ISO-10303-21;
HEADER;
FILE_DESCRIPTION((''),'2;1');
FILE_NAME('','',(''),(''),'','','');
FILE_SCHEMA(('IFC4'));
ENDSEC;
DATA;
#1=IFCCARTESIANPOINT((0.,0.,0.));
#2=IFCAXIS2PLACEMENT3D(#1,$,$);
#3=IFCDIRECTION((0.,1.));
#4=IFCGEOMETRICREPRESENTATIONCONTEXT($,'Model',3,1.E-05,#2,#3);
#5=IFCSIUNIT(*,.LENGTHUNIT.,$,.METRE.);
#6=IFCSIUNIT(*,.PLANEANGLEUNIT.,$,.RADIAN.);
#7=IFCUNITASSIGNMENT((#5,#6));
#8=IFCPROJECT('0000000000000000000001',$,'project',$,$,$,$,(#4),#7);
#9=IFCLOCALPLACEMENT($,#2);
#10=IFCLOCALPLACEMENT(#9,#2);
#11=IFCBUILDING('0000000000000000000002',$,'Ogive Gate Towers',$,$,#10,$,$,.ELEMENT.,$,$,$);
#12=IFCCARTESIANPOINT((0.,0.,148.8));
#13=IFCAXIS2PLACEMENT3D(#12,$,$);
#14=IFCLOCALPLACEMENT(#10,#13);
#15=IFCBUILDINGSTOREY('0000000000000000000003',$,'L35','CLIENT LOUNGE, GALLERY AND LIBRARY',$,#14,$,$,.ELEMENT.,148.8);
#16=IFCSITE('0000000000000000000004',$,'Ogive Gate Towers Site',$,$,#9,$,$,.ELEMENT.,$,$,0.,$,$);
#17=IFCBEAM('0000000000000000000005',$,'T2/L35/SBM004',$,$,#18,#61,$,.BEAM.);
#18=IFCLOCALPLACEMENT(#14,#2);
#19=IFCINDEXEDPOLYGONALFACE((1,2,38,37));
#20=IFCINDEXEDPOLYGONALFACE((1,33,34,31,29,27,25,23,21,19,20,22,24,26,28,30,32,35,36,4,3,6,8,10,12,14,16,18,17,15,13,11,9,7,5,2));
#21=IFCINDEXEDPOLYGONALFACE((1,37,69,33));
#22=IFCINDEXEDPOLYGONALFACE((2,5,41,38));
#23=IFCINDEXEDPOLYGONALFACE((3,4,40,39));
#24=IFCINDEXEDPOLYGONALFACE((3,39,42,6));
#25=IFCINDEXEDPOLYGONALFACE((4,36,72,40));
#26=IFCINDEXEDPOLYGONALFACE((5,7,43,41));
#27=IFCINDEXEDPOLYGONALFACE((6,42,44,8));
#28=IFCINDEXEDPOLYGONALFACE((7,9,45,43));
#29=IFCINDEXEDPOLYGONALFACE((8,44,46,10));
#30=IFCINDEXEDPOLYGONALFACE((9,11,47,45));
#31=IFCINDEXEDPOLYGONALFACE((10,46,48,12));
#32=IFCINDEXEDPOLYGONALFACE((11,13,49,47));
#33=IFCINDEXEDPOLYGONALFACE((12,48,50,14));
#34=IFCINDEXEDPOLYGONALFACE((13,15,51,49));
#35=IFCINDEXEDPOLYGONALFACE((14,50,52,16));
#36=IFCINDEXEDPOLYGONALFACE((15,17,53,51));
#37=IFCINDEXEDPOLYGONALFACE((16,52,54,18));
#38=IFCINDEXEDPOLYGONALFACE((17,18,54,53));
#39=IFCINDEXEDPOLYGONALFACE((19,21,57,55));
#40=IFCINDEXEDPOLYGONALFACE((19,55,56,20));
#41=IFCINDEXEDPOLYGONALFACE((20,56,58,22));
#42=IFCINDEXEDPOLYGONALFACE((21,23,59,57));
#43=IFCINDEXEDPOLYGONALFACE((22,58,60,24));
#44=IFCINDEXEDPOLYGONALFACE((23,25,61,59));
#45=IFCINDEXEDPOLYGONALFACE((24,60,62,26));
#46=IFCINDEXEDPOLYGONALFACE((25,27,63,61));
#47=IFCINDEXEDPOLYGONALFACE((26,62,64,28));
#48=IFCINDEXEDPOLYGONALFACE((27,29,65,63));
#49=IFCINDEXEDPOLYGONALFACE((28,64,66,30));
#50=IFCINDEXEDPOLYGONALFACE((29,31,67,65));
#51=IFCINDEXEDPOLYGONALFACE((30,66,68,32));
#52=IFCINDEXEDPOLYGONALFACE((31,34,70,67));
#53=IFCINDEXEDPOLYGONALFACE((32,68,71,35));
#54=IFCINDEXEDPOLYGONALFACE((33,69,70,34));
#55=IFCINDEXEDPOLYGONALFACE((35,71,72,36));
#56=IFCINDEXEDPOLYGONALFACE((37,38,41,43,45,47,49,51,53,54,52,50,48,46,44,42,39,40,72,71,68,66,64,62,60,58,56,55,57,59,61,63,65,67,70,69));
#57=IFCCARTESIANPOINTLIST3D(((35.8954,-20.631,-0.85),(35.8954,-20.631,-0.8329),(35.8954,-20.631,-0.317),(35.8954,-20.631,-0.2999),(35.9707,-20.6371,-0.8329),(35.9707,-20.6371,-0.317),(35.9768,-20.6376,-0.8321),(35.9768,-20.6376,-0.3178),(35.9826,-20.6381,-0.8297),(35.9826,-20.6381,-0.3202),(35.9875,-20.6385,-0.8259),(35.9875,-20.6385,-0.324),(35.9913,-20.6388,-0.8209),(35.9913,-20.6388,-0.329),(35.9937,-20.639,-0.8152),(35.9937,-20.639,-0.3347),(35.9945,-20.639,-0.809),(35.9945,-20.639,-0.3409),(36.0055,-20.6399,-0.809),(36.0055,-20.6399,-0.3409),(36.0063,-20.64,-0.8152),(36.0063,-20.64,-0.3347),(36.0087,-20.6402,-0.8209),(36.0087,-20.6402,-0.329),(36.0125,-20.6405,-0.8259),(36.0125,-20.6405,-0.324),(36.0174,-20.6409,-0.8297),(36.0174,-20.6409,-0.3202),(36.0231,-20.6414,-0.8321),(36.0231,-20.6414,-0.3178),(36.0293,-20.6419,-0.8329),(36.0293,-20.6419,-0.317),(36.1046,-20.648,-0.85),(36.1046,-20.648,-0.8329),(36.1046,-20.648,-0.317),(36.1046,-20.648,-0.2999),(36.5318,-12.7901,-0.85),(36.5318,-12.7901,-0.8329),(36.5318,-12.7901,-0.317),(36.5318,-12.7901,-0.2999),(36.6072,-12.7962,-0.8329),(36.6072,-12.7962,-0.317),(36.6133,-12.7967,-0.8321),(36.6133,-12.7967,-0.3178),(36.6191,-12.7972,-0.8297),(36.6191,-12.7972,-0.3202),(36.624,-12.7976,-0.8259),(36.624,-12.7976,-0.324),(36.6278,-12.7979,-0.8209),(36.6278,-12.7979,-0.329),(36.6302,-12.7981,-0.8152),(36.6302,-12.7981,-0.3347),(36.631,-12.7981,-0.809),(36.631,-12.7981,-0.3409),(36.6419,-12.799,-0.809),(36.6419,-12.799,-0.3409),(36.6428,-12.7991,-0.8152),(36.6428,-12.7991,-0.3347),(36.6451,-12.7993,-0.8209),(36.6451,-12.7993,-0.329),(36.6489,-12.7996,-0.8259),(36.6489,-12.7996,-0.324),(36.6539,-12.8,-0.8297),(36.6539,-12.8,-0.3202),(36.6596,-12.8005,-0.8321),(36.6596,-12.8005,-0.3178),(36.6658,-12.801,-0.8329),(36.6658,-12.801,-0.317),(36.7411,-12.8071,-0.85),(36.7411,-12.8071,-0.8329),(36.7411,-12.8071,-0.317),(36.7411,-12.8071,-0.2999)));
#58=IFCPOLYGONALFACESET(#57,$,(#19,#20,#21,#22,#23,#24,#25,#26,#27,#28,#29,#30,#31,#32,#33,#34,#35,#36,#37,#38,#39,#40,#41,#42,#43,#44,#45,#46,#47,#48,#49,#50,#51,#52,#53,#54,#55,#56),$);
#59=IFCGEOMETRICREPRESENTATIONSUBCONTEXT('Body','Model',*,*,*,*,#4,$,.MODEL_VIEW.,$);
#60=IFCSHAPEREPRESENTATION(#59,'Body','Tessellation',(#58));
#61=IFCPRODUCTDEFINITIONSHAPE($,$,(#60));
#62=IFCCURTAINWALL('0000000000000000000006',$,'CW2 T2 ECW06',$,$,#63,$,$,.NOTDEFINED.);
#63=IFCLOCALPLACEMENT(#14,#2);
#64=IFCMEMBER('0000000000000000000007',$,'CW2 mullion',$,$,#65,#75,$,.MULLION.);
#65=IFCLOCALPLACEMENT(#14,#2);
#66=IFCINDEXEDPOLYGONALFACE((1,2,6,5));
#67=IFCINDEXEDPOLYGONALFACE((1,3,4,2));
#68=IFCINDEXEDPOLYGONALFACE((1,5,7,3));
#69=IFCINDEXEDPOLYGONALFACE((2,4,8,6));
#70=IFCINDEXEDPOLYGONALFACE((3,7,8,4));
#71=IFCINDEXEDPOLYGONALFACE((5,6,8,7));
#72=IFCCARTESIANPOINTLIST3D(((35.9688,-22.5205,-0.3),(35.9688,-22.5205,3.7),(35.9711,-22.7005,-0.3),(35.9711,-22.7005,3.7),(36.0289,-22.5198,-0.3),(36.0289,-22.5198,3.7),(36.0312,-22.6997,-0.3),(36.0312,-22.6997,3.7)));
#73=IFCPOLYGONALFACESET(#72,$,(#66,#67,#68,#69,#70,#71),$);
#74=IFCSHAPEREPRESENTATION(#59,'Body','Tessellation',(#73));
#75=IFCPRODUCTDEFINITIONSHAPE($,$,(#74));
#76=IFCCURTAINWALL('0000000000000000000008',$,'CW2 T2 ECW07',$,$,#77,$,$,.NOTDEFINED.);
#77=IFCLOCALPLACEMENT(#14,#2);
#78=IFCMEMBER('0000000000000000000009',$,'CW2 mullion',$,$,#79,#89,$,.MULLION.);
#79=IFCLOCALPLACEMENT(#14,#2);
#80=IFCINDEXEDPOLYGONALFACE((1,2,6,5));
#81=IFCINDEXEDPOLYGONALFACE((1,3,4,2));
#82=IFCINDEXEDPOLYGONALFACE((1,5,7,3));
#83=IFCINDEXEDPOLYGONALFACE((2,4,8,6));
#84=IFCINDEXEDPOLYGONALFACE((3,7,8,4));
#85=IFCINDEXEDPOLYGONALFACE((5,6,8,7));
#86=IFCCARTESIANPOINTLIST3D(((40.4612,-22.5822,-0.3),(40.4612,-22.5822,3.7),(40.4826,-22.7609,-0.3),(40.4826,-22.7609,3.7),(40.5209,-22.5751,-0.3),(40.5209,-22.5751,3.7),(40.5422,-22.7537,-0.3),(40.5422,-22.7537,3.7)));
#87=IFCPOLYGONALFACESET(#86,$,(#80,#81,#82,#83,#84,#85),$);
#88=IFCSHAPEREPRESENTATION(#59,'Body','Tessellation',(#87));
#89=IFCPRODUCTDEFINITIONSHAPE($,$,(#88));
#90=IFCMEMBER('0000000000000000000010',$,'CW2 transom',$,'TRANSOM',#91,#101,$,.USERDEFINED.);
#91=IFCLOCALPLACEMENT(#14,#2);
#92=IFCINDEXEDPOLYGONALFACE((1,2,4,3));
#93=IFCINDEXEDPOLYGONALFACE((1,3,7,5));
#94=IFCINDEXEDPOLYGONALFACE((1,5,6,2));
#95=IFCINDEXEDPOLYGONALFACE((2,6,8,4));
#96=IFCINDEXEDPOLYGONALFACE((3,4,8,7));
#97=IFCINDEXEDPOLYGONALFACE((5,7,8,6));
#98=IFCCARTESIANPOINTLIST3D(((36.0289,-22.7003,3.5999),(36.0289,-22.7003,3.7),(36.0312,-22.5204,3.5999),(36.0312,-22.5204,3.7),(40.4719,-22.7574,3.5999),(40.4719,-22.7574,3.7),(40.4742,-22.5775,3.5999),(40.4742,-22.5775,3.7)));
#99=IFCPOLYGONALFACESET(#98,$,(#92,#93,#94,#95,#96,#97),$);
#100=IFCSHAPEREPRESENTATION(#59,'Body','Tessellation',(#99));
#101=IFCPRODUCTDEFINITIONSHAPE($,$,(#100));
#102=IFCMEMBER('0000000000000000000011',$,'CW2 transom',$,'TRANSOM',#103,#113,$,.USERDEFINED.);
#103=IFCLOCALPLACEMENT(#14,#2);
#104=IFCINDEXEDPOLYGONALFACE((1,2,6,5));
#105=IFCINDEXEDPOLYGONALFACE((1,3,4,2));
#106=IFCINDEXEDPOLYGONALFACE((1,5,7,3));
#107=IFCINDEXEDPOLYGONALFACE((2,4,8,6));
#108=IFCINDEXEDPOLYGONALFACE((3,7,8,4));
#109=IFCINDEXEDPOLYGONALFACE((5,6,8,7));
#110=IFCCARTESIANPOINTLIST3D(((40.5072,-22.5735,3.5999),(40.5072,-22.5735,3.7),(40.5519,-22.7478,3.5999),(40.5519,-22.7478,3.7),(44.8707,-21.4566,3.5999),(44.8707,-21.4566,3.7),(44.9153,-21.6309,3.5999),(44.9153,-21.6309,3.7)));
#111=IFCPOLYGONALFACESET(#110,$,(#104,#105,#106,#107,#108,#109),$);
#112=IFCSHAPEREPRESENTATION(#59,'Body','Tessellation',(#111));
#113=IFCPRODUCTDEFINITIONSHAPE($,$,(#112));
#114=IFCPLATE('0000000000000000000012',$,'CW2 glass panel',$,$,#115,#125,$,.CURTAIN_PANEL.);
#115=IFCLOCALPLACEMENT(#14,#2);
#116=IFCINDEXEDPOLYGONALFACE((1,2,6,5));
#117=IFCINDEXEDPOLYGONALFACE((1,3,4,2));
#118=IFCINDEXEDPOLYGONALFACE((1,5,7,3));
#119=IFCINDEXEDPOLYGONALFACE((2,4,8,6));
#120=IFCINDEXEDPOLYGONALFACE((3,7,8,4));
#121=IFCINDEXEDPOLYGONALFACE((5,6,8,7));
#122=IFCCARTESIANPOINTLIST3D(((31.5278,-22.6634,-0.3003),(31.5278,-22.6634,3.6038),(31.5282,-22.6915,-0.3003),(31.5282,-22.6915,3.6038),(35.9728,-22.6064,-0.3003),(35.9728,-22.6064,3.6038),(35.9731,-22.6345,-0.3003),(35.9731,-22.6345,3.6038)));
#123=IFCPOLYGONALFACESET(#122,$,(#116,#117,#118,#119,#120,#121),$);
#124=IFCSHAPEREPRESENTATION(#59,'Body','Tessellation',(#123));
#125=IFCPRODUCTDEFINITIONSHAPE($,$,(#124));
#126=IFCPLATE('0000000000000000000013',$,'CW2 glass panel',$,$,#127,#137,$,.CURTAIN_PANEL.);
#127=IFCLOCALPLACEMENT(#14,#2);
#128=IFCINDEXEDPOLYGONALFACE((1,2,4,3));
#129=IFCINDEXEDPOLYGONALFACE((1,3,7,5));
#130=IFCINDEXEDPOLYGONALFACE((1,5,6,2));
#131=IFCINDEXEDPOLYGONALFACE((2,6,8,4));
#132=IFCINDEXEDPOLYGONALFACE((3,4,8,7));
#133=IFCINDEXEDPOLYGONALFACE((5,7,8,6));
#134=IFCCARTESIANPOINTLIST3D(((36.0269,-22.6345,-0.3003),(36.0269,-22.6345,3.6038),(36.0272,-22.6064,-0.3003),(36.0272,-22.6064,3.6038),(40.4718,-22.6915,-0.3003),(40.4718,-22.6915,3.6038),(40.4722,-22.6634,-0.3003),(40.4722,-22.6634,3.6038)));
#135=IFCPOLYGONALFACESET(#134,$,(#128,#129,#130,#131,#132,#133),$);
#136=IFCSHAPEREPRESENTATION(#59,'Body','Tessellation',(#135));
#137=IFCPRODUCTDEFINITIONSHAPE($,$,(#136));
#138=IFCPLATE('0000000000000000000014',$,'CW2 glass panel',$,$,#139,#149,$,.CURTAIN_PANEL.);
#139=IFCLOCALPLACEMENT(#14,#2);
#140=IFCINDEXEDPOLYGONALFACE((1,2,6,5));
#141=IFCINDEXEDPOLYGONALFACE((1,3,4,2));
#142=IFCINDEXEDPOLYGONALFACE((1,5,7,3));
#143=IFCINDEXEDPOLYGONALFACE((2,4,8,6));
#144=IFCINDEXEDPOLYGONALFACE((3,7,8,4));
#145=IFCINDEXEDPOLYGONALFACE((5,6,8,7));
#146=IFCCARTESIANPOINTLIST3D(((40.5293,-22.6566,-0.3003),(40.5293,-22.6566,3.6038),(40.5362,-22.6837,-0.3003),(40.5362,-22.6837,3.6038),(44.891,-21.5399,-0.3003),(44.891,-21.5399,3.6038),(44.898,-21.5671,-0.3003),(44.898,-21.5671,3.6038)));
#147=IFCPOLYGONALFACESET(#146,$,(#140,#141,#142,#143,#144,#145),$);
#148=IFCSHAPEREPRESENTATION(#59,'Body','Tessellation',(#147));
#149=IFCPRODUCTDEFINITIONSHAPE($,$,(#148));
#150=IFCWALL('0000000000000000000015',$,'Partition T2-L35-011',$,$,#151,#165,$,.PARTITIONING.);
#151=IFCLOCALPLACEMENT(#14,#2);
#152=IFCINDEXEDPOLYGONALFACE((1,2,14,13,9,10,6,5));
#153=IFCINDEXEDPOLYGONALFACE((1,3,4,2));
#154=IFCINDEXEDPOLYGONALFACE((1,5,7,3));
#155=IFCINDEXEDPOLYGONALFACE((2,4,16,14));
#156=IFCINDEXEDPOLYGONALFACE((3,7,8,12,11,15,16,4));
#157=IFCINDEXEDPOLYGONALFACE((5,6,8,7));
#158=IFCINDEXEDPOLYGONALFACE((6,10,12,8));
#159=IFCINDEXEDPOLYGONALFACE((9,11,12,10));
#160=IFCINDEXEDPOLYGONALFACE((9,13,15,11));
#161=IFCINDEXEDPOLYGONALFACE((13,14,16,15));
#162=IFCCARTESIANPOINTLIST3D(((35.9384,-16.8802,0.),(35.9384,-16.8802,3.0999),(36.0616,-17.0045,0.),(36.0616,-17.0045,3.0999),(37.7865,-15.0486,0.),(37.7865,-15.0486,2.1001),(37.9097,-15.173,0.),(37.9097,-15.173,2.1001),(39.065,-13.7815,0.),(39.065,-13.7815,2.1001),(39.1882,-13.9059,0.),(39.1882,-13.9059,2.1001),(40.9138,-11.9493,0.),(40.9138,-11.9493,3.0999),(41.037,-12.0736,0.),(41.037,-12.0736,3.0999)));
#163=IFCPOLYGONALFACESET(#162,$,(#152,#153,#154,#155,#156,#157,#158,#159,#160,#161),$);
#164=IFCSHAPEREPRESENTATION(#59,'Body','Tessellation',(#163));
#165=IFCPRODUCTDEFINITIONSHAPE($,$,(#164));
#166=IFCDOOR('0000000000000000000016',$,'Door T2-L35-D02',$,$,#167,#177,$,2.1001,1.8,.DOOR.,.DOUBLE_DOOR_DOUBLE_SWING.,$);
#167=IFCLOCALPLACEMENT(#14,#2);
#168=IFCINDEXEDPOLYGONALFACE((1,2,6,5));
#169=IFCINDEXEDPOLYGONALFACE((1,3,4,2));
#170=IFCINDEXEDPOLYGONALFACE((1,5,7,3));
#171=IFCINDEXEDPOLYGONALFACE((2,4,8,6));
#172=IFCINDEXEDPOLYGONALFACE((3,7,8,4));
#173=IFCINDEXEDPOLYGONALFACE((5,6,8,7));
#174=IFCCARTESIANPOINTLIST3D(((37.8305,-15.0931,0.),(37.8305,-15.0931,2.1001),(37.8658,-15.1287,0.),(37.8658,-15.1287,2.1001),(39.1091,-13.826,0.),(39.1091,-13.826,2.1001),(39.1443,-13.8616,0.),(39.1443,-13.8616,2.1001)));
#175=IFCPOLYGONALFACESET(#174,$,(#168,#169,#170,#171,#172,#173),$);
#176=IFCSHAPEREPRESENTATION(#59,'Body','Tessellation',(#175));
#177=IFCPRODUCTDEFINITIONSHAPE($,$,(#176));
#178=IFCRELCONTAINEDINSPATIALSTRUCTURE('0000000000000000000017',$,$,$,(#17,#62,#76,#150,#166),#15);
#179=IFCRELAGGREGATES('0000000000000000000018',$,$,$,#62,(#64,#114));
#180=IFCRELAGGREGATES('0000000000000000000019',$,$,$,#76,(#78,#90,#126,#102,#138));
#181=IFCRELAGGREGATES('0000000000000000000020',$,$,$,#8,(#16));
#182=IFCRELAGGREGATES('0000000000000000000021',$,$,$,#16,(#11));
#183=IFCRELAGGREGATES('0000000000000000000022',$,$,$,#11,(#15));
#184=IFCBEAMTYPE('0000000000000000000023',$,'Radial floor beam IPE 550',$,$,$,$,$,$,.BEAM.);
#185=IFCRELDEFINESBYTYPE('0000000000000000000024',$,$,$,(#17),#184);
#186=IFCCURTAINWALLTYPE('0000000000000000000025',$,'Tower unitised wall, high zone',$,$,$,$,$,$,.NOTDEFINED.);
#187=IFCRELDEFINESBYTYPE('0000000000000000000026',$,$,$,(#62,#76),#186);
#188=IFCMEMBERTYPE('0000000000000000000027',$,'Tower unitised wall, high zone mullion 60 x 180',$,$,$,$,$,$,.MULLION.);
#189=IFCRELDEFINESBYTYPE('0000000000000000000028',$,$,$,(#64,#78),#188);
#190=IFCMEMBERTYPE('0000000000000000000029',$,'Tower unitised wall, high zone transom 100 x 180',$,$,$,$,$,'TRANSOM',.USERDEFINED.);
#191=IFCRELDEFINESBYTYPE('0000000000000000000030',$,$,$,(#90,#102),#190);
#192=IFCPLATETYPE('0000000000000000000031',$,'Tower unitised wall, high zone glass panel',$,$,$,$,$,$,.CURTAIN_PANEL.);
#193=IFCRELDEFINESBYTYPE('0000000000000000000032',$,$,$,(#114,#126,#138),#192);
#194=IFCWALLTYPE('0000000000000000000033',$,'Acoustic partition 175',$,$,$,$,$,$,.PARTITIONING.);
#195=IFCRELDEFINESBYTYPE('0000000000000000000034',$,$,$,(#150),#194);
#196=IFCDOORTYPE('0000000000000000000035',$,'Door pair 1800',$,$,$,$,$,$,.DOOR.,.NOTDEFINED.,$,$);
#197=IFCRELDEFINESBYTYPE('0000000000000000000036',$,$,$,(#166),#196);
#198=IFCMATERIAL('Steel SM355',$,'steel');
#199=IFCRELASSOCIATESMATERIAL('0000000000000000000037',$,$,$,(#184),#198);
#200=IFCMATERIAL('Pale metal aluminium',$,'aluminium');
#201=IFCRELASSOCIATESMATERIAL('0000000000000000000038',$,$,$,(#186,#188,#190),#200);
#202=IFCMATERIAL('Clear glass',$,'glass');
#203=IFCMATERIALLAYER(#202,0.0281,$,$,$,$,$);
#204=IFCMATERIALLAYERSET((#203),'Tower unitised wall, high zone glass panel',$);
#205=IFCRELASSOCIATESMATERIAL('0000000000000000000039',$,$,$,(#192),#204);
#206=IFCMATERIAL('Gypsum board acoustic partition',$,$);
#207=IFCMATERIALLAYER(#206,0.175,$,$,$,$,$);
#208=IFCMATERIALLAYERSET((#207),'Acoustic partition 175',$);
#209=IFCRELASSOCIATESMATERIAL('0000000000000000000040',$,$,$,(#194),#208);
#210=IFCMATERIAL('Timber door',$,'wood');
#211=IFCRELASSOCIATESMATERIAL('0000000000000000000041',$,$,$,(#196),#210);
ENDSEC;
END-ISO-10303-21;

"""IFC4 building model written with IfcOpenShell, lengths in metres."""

from ifc_helpers import new_model, si_unit, direction, frame, frame_2d, origin, origin_2d, place, context, subcontext, project, spatial, rectangle, i_section, extrude, material, layer, layer_set, material_profile, profile_set, type_object, element, fill, aggregate, save


model = new_model("IFC4")

# Units and contexts
model_context = context("Model", 3, precision=1e-05, world=origin(), true_north=direction((0.0, 1.0)))
body_context = subcontext(model_context, "Body", "Model", "MODEL_VIEW")
ifc_project = project(units=[si_unit("LENGTHUNIT", "METRE"), si_unit("PLANEANGLEUNIT", "RADIAN")], contexts=[model_context])

# Site, building, storey
site_placement = place(None, origin())
site = spatial("IfcSite", under=ifc_project, at=site_placement, Name="Ogive Gate Towers Site", CompositionType="ELEMENT", RefElevation=0.0)
building_placement = place(site_placement, origin())
building = spatial("IfcBuilding", under=site, at=building_placement, Name="Ogive Gate Towers", CompositionType="ELEMENT")
storey_placement = place(building_placement, frame((0.0, 0.0, 148.8)))
storey = spatial("IfcBuildingStorey", under=building, at=storey_placement, Name="L35", Description="CLIENT LOUNGE, GALLERY AND LIBRARY", CompositionType="ELEMENT", Elevation=148.8)

# Beam
ifc_material_1 = material(Name="Steel SM355", Category="steel")
ifc_material_profile_1 = material_profile(ifc_material_1, i_section(OverallWidth=0.21, OverallDepth=0.55, WebThickness=0.011, FlangeThickness=0.0171, FilletRadius=0.0239, at=origin_2d()), Name="IPE 550")
ifc_profile_set_1 = profile_set([ifc_material_profile_1], Name="Steel SM355")
beam_type = type_object("IfcBeamType", Name="Radial floor beam IPE 550", PredefinedType="BEAM", material=ifc_profile_set_1)
beam_placement = place(storey_placement, frame((36.6365, -12.7986, -0.575), z_axis=(-0.080908, -0.996722, 0.0), x_axis=(0.996722, -0.080908, 0.0)))
element("IfcBeam", 1, at=beam_placement, inside=storey, type_object=beam_type, Name="T2/L35/SBM004", PredefinedType="BEAM", context=body_context, shape_type="SweptSolid", body=[
    extrude(i_section(OverallWidth=0.21, OverallDepth=0.55, WebThickness=0.011, FlangeThickness=0.0171, FilletRadius=0.0239, at=origin_2d()), origin(), (0.0, 0.0, 1.0), 7.8667),
])

# Curtain wall, member
ifc_material_2 = material(Name="Pale metal aluminium", Category="aluminium")
curtain_wall_type = type_object("IfcCurtainWallType", Name="Tower unitised wall, high zone", PredefinedType="NOTDEFINED", material=ifc_material_2)
curtain_wall_1_placement = place(storey_placement, origin())
curtain_wall_1 = element("IfcCurtainWall", 2, at=curtain_wall_1_placement, inside=storey, type_object=curtain_wall_type, Name="CW2 T2 ECW06", PredefinedType="NOTDEFINED")
ifc_material_profile_2 = material_profile(ifc_material_2, rectangle(XDim=0.1799, YDim=0.0601, at=origin_2d()), Name="60 x 180 aluminium box")
ifc_profile_set_2 = profile_set([ifc_material_profile_2], Name="Pale metal aluminium")
member_type_1 = type_object("IfcMemberType", Name="Tower unitised wall, high zone mullion 60 x 180", PredefinedType="MULLION", material=ifc_profile_set_2)
member_1_placement = place(storey_placement, frame((36.0, -22.6101, -0.3), z_axis=(0.0, 0.0, 1.0), x_axis=(0.012828, -0.999918, 0.0)))
member_1 = element("IfcMember", 3, at=member_1_placement, type_object=member_type_1, Name="CW2 mullion", PredefinedType="MULLION", context=body_context, shape_type="SweptSolid", body=[
    extrude(rectangle(XDim=0.1799, YDim=0.0601, at=origin_2d()), origin(), (0.0, 0.0, 1.0), 4.0),
])

# Curtain wall, members
curtain_wall_2_placement = place(storey_placement, origin())
curtain_wall_2 = element("IfcCurtainWall", 4, at=curtain_wall_2_placement, inside=storey, type_object=curtain_wall_type, Name="CW2 T2 ECW07", PredefinedType="NOTDEFINED")
member_2_placement = place(storey_placement, frame((40.5017, -22.668, -0.3), z_axis=(0.0, 0.0, 1.0), x_axis=(0.118612, -0.992941, 0.0)))
member_2 = element("IfcMember", 5, at=member_2_placement, type_object=member_type_1, Name="CW2 mullion", PredefinedType="MULLION", context=body_context, shape_type="SweptSolid", body=[
    extrude(rectangle(XDim=0.1799, YDim=0.0601, at=origin_2d()), origin(), (0.0, 0.0, 1.0), 4.0),
])
ifc_material_profile_3 = material_profile(ifc_material_2, rectangle(XDim=0.1799, YDim=0.1001, at=origin_2d()), Name="100 x 180 aluminium box")
ifc_profile_set_3 = profile_set([ifc_material_profile_3], Name="Pale metal aluminium")
member_type_2 = type_object("IfcMemberType", Name="Tower unitised wall, high zone transom 100 x 180", ElementType="TRANSOM", PredefinedType="USERDEFINED", material=ifc_profile_set_3)
member_3_placement = place(storey_placement, frame((36.03, -22.6104, 3.6499), z_axis=(0.999917, -0.012857, 0.0), x_axis=(0.012857, 0.999917, 0.0)))
member_3 = element("IfcMember", 6, at=member_3_placement, type_object=member_type_2, Name="CW2 transom", ObjectType="TRANSOM", PredefinedType="USERDEFINED", context=body_context, shape_type="SweptSolid", body=[
    extrude(rectangle(XDim=0.1799, YDim=0.1001, at=origin_2d()), origin(), (0.0, 0.0, 1.0), 4.4434),
])
member_4_placement = place(storey_placement, frame((40.5295, -22.6606, 3.6499), z_axis=(0.968766, 0.247978, 0.0), x_axis=(-0.247978, 0.968766, 0.0)))
member_4 = element("IfcMember", 7, at=member_4_placement, type_object=member_type_2, Name="CW2 transom", ObjectType="TRANSOM", PredefinedType="USERDEFINED", context=body_context, shape_type="SweptSolid", body=[
    extrude(rectangle(XDim=0.1799, YDim=0.1001, at=origin_2d()), origin(), (0.0, 0.0, 1.0), 4.5042),
])

# Plates
ifc_material_3 = material(Name="Clear glass", Category="glass")
ifc_layer_1 = layer(ifc_material_3, 0.0281)
ifc_layer_set_1 = layer_set([ifc_layer_1], Name="Tower unitised wall, high zone glass panel")
plate_type = type_object("IfcPlateType", Name="Tower unitised wall, high zone glass panel", PredefinedType="CURTAIN_PANEL", material=ifc_layer_set_1)
plate_1_placement = place(storey_placement, frame((33.7505, -22.6489, -0.3003), z_axis=(0.0, 0.0, 1.0), x_axis=(0.999918, 0.012828, 0.0)))
plate_1 = element("IfcPlate", 8, at=plate_1_placement, type_object=plate_type, Name="CW2 glass panel", PredefinedType="CURTAIN_PANEL", context=body_context, shape_type="SweptSolid", body=[
    extrude(rectangle(XDim=4.4453, YDim=0.0281, at=origin_2d()), origin(), (0.0, 0.0, 1.0), 3.9041),
])
aggregate(curtain_wall_1, [member_1, plate_1])
plate_2_placement = place(storey_placement, frame((38.2495, -22.6489, -0.3003), z_axis=(0.0, 0.0, 1.0), x_axis=(0.999918, -0.012828, 0.0)))
plate_2 = element("IfcPlate", 9, at=plate_2_placement, type_object=plate_type, Name="CW2 glass panel", PredefinedType="CURTAIN_PANEL", context=body_context, shape_type="SweptSolid", body=[
    extrude(rectangle(XDim=4.4453, YDim=0.0281, at=origin_2d()), origin(), (0.0, 0.0, 1.0), 3.9041),
])
plate_3_placement = place(storey_placement, frame((42.7136, -22.1118, -0.3003), z_axis=(0.0, 0.0, 1.0), x_axis=(0.968757, 0.248014, 0.0)))
plate_3 = element("IfcPlate", 10, at=plate_3_placement, type_object=plate_type, Name="CW2 glass panel", PredefinedType="CURTAIN_PANEL", context=body_context, shape_type="SweptSolid", body=[
    extrude(rectangle(XDim=4.5024, YDim=0.0281, at=origin_2d()), origin(), (0.0, 0.0, 1.0), 3.9041),
])
aggregate(curtain_wall_2, [member_2, member_3, plate_2, member_4, plate_3])

# Wall, opening, door
ifc_material_4 = material(Name="Gypsum board acoustic partition")
ifc_layer_2 = layer(ifc_material_4, 0.175)
ifc_layer_set_2 = layer_set([ifc_layer_2], Name="Acoustic partition 175")
wall_type_1 = type_object("IfcWallType", Name="Acoustic partition 175", PredefinedType="PARTITIONING", material=ifc_layer_set_2)
wall_1_placement = place(storey_placement, frame((36.0, -16.9424, 0.0), z_axis=(0.0, 0.0, 1.0), x_axis=(0.710271, 0.703928, 0.0)))
wall_1 = element("IfcWall", 11, at=wall_1_placement, inside=storey, type_object=wall_type_1, Name="Partition T2-L35-011", PredefinedType="PARTITIONING", context=body_context, shape_type="SweptSolid", body=[
    extrude(rectangle(XDim=7.0049, YDim=0.175, at=frame_2d((3.5024, 0.0))), origin(), (0.0, 0.0, 1.0), 3.0999),
])
opening_1_placement = place(wall_1_placement, frame((2.6021, 0.0, 0.0)))
opening_1 = element("IfcOpeningElement", 12, at=opening_1_placement, cuts=wall_1, PredefinedType="OPENING", context=body_context, shape_type="SweptSolid", body=[
    extrude(rectangle(XDim=1.8, YDim=2.1001, at=frame_2d((0.8999, 1.05))), frame((0.0, 0.0977, 0.0), z_axis=(0.0, -1.0, 0.0), x_axis=(1.0, 0.0, 0.0)), (0.0, 0.0, 1.0), 0.1951),
])
ifc_material_5 = material(Name="Timber door", Category="wood")
door_type_1 = type_object("IfcDoorType", Name="Door pair 1800", OperationType="NOTDEFINED", PredefinedType="DOOR", material=ifc_material_5)
door_1_placement = place(opening_1_placement, origin())
door_1 = element("IfcDoor", 13, at=door_1_placement, inside=storey, type_object=door_type_1, Name="Door T2-L35-D02", OperationType="DOUBLE_DOOR_DOUBLE_SWING", OverallHeight=2.1001, OverallWidth=1.8, PredefinedType="DOOR", context=body_context, shape_type="SweptSolid", body=[
    extrude(rectangle(XDim=1.8, YDim=2.1001, at=frame_2d((0.8999, 1.05))), frame((0.0, 0.0249, 0.0), z_axis=(0.0, -1.0, 0.0), x_axis=(1.0, 0.0, 0.0)), (0.0, 0.0, 1.0), 0.05),
])
fill(opening_1, door_1)

save(model, "model.ifc")
